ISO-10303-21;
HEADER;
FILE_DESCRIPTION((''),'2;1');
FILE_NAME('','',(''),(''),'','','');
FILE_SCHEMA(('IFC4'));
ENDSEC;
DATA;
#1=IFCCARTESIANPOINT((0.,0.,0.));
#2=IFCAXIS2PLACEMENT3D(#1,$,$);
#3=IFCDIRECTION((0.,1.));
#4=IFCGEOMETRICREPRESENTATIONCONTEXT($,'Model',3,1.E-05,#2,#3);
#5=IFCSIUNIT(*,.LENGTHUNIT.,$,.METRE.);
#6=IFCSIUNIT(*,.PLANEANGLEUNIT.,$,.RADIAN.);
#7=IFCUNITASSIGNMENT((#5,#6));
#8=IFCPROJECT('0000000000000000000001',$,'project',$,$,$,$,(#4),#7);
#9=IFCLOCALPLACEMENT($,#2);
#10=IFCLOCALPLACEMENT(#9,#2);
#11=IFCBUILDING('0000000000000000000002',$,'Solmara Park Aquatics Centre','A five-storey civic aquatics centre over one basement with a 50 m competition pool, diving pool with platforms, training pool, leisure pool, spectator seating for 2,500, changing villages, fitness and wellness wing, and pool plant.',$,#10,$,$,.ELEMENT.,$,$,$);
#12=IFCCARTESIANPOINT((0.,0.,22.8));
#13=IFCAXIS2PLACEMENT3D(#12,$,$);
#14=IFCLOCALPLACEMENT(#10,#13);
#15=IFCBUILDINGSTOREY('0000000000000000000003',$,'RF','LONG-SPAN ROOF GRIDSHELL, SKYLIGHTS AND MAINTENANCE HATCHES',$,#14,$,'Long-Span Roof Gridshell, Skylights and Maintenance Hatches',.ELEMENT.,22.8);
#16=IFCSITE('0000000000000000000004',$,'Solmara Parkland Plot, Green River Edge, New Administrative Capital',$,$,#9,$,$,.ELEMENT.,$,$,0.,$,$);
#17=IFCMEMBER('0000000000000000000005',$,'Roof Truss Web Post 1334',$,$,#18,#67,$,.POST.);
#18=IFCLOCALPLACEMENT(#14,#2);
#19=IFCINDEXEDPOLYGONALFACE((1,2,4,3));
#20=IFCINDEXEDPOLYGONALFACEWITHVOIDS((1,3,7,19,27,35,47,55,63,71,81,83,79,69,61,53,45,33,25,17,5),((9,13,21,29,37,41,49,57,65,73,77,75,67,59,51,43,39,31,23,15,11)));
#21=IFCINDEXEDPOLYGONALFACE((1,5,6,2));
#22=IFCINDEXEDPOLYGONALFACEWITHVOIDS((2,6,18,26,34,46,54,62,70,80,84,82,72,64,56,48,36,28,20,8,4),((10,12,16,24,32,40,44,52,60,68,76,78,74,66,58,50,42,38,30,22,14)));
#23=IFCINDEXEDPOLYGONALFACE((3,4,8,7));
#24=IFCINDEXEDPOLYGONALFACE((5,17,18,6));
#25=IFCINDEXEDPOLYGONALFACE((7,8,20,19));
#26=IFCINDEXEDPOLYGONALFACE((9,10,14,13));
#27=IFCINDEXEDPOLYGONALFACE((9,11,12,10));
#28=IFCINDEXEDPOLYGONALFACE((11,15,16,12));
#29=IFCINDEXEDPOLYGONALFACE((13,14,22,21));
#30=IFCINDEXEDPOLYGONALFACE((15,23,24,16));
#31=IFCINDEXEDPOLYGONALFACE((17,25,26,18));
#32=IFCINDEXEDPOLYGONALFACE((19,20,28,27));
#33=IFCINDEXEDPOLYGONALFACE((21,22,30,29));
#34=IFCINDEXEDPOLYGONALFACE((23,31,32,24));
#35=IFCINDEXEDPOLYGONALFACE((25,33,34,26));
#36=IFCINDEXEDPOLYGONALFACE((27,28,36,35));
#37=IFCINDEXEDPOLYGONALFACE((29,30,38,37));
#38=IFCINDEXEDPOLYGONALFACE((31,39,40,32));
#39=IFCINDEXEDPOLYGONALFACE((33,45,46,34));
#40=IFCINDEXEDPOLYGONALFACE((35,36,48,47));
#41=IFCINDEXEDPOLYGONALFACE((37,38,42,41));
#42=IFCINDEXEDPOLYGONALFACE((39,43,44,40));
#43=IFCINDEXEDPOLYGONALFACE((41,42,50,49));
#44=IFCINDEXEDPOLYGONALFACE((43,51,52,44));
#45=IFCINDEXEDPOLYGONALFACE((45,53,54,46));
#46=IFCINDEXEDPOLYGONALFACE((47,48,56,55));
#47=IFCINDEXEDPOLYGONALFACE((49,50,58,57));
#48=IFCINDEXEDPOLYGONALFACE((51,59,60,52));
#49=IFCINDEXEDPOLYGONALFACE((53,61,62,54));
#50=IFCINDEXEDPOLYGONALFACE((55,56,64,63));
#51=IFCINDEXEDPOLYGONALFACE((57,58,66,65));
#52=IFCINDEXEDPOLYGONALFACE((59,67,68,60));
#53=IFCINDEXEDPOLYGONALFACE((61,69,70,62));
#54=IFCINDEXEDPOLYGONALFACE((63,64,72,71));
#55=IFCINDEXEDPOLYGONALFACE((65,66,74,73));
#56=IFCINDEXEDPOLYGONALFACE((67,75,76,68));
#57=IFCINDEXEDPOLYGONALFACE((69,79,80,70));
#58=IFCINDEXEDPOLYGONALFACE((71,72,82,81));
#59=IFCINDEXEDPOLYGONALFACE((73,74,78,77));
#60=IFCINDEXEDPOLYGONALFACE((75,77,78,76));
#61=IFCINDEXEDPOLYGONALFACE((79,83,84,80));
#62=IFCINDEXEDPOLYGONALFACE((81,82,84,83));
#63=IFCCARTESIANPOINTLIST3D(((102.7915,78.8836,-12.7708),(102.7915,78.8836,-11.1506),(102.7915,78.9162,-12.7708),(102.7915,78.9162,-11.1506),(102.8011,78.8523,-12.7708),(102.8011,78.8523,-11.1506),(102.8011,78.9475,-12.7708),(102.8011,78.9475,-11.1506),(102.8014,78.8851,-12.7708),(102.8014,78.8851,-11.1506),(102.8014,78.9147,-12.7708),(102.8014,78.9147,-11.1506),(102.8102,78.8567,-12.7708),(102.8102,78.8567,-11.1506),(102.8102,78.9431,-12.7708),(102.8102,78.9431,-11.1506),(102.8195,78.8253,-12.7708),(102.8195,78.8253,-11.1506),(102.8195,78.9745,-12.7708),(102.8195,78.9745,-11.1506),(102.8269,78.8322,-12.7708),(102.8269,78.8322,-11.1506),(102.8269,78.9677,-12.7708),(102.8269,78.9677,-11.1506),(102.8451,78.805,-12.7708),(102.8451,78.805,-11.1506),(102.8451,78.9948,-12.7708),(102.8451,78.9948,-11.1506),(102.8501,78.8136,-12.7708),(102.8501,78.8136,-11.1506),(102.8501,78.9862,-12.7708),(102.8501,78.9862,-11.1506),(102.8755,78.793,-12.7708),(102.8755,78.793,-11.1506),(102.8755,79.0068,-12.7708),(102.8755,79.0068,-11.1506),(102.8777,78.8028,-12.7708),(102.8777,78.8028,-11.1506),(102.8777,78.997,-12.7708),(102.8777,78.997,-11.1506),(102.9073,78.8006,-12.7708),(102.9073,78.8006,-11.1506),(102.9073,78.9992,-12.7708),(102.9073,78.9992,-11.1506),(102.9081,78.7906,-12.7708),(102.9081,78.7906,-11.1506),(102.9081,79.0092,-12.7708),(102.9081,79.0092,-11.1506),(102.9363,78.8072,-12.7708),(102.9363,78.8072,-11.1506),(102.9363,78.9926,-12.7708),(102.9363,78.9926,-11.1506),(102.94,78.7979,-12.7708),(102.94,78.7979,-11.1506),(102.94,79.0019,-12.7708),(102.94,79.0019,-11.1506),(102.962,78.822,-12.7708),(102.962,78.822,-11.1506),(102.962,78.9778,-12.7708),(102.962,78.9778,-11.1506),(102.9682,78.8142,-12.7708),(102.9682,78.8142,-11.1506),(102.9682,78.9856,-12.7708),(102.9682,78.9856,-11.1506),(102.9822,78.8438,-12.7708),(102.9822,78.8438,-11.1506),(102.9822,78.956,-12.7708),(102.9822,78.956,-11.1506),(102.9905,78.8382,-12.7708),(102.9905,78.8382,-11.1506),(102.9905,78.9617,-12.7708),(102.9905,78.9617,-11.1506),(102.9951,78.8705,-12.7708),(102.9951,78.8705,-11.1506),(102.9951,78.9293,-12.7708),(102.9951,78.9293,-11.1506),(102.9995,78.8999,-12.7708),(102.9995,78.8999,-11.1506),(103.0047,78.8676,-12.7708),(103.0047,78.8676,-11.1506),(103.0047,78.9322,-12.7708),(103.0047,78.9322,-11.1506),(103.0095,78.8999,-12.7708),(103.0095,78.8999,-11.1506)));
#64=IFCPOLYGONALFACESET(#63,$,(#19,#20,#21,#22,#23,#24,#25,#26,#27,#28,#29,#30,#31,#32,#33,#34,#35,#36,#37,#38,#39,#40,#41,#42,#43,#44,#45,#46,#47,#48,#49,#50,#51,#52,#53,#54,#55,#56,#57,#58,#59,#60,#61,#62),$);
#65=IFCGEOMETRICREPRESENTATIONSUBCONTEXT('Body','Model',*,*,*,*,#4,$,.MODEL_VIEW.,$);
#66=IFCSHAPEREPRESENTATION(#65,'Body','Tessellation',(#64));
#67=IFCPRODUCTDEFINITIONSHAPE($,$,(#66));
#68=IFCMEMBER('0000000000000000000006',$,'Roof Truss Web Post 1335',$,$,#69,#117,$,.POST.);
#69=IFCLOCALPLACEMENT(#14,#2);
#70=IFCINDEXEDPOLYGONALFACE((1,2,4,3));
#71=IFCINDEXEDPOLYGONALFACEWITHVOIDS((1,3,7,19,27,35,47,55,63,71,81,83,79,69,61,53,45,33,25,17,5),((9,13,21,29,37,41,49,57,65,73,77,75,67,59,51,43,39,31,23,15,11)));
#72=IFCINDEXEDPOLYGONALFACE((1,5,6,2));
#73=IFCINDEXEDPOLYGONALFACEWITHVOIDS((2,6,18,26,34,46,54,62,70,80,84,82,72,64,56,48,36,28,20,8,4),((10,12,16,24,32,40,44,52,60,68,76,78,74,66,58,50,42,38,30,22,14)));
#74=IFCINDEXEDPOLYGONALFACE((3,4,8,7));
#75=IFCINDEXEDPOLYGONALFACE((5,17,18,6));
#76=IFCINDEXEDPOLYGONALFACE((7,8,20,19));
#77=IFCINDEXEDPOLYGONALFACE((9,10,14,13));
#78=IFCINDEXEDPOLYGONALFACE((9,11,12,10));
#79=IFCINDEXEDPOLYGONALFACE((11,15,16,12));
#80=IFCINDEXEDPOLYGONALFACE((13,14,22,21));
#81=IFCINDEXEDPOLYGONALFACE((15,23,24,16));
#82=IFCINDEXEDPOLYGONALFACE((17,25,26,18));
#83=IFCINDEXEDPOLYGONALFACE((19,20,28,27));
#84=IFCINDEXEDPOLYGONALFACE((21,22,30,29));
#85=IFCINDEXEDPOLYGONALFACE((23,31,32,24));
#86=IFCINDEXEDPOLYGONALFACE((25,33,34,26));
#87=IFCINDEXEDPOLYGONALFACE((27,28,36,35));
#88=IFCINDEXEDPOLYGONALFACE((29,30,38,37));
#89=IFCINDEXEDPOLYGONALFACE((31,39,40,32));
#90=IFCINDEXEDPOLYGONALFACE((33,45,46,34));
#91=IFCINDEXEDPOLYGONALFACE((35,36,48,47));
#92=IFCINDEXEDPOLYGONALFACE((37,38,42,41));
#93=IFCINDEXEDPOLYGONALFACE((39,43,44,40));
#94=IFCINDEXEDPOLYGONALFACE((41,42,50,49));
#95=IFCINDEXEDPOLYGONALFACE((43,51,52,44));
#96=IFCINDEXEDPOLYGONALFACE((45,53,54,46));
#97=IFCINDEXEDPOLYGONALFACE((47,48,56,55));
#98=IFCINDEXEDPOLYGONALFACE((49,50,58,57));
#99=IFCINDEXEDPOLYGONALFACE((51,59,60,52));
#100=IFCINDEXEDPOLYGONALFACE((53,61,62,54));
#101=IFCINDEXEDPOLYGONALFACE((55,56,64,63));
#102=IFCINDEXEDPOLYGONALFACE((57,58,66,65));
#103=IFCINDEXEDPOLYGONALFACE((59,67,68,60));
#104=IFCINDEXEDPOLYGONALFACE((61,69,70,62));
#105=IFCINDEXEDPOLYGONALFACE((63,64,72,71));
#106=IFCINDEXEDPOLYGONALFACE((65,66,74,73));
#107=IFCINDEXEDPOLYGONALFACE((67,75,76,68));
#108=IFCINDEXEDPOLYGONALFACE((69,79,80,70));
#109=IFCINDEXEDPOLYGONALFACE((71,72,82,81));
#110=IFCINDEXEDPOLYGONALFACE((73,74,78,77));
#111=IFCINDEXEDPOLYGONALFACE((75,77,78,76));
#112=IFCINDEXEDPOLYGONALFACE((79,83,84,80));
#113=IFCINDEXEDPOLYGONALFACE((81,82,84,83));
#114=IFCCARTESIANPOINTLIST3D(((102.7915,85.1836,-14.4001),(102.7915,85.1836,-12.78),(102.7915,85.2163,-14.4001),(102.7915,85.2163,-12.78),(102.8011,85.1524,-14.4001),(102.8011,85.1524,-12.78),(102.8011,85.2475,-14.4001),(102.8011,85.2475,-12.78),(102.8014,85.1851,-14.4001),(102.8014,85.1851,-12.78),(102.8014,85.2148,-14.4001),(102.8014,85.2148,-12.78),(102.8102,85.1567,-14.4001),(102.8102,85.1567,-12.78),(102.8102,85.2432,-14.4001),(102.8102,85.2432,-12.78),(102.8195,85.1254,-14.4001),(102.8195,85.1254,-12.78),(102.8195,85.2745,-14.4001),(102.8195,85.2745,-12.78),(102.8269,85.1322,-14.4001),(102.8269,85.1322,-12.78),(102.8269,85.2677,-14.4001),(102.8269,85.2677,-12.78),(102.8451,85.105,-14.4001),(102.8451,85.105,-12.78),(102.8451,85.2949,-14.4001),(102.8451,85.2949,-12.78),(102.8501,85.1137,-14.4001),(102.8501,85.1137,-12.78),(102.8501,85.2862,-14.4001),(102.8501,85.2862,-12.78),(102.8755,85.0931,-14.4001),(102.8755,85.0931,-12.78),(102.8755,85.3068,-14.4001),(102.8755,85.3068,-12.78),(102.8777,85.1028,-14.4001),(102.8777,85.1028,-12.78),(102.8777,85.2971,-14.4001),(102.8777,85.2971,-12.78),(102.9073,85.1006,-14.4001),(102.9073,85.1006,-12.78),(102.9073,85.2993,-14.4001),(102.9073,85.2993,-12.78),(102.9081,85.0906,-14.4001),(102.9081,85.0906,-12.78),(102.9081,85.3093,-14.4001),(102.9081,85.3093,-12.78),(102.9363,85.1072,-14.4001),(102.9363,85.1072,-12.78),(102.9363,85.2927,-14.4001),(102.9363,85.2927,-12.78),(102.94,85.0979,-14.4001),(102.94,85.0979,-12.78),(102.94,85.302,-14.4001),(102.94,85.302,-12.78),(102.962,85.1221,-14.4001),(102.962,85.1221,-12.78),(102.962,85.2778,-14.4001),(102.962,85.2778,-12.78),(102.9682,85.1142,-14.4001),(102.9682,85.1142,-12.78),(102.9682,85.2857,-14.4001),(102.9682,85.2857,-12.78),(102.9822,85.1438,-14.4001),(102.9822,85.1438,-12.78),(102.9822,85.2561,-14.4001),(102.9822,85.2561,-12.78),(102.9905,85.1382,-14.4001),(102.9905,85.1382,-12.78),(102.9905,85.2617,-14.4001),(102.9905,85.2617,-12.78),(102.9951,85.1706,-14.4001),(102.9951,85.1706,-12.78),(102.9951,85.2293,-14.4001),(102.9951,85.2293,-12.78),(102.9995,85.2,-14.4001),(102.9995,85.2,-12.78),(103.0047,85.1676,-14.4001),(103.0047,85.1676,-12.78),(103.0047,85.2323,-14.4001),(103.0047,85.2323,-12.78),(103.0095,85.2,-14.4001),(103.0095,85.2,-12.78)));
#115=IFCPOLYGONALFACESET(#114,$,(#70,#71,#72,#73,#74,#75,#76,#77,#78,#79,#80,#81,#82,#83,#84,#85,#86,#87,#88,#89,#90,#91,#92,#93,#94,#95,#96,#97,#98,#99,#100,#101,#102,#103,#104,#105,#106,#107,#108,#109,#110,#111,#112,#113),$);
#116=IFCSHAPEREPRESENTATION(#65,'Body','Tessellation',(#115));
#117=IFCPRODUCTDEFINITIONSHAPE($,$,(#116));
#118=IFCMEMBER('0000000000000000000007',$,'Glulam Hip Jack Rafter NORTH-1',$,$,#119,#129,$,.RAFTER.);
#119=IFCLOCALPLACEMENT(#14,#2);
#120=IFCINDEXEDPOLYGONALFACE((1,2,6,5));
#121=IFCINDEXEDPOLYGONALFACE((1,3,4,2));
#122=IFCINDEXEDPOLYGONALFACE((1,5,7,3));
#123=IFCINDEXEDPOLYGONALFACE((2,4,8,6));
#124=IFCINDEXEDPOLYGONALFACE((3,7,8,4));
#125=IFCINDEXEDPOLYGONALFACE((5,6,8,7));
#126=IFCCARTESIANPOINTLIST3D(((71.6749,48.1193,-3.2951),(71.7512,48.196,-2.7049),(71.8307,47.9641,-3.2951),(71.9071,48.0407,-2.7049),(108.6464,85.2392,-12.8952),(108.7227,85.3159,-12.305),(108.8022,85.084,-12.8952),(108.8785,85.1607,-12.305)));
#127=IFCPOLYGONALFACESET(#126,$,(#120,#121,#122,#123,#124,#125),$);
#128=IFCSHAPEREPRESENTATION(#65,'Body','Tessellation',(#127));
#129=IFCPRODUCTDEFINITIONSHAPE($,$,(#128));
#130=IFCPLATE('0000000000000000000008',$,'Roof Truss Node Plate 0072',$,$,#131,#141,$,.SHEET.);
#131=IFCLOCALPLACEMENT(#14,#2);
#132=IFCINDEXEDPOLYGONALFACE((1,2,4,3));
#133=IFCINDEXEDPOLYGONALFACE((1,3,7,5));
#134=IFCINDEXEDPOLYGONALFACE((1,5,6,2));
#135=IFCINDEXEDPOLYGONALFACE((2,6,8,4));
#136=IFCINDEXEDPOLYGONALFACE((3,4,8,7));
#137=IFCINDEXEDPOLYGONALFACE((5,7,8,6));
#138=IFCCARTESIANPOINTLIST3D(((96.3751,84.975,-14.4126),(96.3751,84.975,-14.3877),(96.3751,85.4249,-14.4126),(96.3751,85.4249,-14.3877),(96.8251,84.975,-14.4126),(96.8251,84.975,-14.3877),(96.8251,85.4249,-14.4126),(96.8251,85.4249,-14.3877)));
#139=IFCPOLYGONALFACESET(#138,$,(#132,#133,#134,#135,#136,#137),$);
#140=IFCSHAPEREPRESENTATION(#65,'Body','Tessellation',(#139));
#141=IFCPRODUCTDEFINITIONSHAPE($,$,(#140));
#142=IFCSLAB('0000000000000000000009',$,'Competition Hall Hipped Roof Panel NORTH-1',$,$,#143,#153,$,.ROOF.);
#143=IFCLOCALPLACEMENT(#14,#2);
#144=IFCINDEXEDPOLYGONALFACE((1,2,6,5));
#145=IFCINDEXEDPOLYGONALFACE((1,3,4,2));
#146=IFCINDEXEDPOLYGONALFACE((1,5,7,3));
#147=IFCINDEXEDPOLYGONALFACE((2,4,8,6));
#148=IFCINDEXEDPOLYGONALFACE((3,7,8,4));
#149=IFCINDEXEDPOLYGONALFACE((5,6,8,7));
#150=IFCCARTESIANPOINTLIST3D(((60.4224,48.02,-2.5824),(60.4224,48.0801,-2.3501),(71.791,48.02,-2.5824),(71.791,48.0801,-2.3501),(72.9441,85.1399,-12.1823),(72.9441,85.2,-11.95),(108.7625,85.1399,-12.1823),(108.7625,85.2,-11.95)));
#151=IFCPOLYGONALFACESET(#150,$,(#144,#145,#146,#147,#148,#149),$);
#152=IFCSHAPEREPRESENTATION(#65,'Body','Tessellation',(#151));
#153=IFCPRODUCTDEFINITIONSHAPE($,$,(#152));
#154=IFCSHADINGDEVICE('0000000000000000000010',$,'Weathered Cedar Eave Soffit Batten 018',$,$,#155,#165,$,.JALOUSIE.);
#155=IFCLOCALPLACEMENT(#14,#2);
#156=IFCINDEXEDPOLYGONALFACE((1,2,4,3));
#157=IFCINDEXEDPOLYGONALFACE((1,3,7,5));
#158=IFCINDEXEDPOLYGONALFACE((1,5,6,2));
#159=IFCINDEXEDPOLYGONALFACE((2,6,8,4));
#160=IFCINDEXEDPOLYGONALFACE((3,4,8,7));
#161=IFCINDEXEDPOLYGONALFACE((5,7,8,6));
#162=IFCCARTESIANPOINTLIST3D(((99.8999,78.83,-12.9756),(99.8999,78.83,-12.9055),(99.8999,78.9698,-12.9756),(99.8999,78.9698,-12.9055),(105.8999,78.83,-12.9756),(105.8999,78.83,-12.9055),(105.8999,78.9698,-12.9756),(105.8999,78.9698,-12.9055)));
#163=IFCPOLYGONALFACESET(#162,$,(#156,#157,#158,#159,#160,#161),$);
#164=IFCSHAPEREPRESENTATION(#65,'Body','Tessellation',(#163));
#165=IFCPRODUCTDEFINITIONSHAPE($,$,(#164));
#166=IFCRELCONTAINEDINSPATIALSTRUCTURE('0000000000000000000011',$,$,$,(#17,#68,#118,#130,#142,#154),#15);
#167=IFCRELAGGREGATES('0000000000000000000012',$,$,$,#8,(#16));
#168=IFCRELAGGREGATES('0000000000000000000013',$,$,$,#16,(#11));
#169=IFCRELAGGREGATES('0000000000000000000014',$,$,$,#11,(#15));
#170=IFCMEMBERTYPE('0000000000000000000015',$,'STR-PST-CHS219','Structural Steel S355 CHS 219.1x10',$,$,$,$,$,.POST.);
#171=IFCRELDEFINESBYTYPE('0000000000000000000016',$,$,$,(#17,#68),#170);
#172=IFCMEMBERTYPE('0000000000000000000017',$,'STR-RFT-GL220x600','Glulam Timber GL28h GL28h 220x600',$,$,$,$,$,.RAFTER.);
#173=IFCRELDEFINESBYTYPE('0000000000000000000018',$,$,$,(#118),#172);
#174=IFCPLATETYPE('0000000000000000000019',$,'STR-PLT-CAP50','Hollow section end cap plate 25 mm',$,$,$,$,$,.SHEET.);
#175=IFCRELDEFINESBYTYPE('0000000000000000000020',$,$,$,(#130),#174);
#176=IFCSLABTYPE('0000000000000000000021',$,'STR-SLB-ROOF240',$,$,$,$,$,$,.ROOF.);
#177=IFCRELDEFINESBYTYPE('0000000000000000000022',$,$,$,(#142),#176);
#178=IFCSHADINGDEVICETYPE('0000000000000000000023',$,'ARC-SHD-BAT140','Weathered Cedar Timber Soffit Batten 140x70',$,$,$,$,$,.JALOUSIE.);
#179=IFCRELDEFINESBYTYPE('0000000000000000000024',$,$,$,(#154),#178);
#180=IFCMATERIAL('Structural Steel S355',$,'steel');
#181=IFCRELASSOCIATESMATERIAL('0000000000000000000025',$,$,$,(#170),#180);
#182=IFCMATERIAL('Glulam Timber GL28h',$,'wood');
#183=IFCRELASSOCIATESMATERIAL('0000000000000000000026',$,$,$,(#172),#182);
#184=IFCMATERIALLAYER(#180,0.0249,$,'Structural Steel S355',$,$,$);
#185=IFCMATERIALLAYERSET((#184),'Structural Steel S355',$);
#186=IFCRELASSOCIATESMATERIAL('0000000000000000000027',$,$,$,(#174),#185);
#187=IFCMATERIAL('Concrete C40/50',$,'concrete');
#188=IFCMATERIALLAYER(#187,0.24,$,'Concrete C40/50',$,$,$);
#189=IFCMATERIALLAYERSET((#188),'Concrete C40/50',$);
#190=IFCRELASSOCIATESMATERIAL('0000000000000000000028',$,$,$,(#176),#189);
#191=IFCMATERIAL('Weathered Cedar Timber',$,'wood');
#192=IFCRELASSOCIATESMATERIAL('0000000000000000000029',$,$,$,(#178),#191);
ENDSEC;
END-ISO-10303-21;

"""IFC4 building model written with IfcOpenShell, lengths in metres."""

from ifc_helpers import new_model, si_unit, direction, frame, origin, origin_2d, place, context, subcontext, project, spatial, polyline, rectangle, hollow_circle, outline, extrude, material, layer, layer_set, material_profile, profile_set, type_object, element, save


model = new_model("IFC4")

# Units and contexts
model_context = context("Model", 3, precision=1e-05, world=origin(), true_north=direction((0.0, 1.0)))
body_context = subcontext(model_context, "Body", "Model", "MODEL_VIEW")
ifc_project = project(units=[si_unit("LENGTHUNIT", "METRE"), si_unit("PLANEANGLEUNIT", "RADIAN")], contexts=[model_context])

# Site, building, storey
site_placement = place(None, origin())
site = spatial("IfcSite", under=ifc_project, at=site_placement, Name="Solmara Parkland Plot, Green River Edge, New Administrative Capital", CompositionType="ELEMENT", RefElevation=0.0)
building_placement = place(site_placement, origin())
building = spatial("IfcBuilding", under=site, at=building_placement, Name="Solmara Park Aquatics Centre", Description="A five-storey civic aquatics centre over one basement with a 50 m competition pool, diving pool with platforms, training pool, leisure pool, spectator seating for 2,500, changing villages, fitness and wellness wing, and pool plant.", CompositionType="ELEMENT")
storey_placement = place(building_placement, frame((0.0, 0.0, 22.8)))
storey = spatial("IfcBuildingStorey", under=building, at=storey_placement, Name="RF", Description="LONG-SPAN ROOF GRIDSHELL, SKYLIGHTS AND MAINTENANCE HATCHES", LongName="Long-Span Roof Gridshell, Skylights and Maintenance Hatches", CompositionType="ELEMENT", Elevation=22.8)

# Shared definitions
ifc_material_1 = material(Name="Structural Steel S355", Category="steel")

# Members
ifc_material_2 = material(Name="Glulam Timber GL28h", Category="wood")
ifc_material_profile_1 = material_profile(ifc_material_1, hollow_circle(Radius=0.1096, WallThickness=0.01, at=origin_2d()), Name="CHS 219.1x10")
ifc_profile_set_1 = profile_set([ifc_material_profile_1], Name="Structural Steel S355")
member_type_1 = type_object("IfcMemberType", Name="STR-PST-CHS219", Description="Structural Steel S355 CHS 219.1x10", PredefinedType="POST", material=ifc_profile_set_1)
for number, where, z_axis, x_axis, name in (
    (1, (102.8999, 78.8999, -12.7708), (0.0, 0.0, 1.0), (1.0, 0.0, 0.0), "Roof Truss Web Post 1334"),
    (2, (102.8999, 85.2, -14.4001), (0.0, 0.0, 1.0), (1.0, 0.0, 0.0), "Roof Truss Web Post 1335"),
):
    element("IfcMember", number, at=place(storey_placement, frame(where, z_axis=z_axis, x_axis=x_axis)), inside=storey, type_object=member_type_1, Name=name, PredefinedType="POST", context=body_context, shape_type="SweptSolid", body=[
        extrude(hollow_circle(Radius=0.1096, WallThickness=0.01, at=origin_2d()), origin(), (0.0, 0.0, 1.0), 1.6201),
    ])
ifc_material_profile_2 = material_profile(ifc_material_2, rectangle(XDim=0.22, YDim=0.6001, at=origin_2d()), Name="GL28h 220x600")
ifc_profile_set_2 = profile_set([ifc_material_profile_2], Name="Glulam Timber GL28h")
member_type_2 = type_object("IfcMemberType", Name="STR-RFT-GL220x600", Description="Glulam Timber GL28h GL28h 220x600", PredefinedType="RAFTER", material=ifc_profile_set_2)
member_1_placement = place(storey_placement, frame((108.7625, 85.2, -12.6001), z_axis=(-0.694131, -0.696918, 0.18024), x_axis=(0.708522, -0.705689, 0.0)))
element("IfcMember", 3, at=member_1_placement, inside=storey, type_object=member_type_2, Name="Glulam Hip Jack Rafter NORTH-1", PredefinedType="RAFTER", context=body_context, shape_type="SweptSolid", body=[
    extrude(rectangle(XDim=0.22, YDim=0.6001, at=origin_2d()), origin(), (0.0, 0.0, 1.0), 53.2629),
])

# Plate
ifc_layer_1 = layer(ifc_material_1, 0.0249, Name="Structural Steel S355")
ifc_layer_set_1 = layer_set([ifc_layer_1], Name="Structural Steel S355")
plate_type = type_object("IfcPlateType", Name="STR-PLT-CAP50", Description="Hollow section end cap plate 25 mm", PredefinedType="SHEET", material=ifc_layer_set_1)
plate_placement = place(storey_placement, frame((96.6001, 85.2, -14.4126), z_axis=(0.0, 0.0, 1.0), x_axis=(1.0, 0.0, 0.0)))
element("IfcPlate", 4, at=plate_placement, inside=storey, type_object=plate_type, Name="Roof Truss Node Plate 0072", PredefinedType="SHEET", context=body_context, shape_type="SweptSolid", body=[
    extrude(rectangle(XDim=0.45, YDim=0.45, at=origin_2d()), origin(), (0.0, 0.0, 1.0), 0.0249),
])

# Slab
ifc_material_3 = material(Name="Concrete C40/50", Category="concrete")
ifc_layer_2 = layer(ifc_material_3, 0.24, Name="Concrete C40/50")
ifc_layer_set_2 = layer_set([ifc_layer_2], Name="Concrete C40/50")
slab_type = type_object("IfcSlabType", Name="STR-SLB-ROOF240", PredefinedType="ROOF", material=ifc_layer_set_2)
slab_placement = place(storey_placement, frame((108.7625, 85.2, -11.95), z_axis=(0.0, 0.25038, 0.968148), x_axis=(-1.0, 0.0, 0.0)))
element("IfcSlab", 5, at=slab_placement, inside=storey, type_object=slab_type, Name="Competition Hall Hipped Roof Panel NORTH-1", PredefinedType="ROOF", context=body_context, shape_type="SweptSolid", body=[
    extrude(outline(polyline([(0.0, 0.0), (35.8184, 0.0), (48.3401, 38.3411), (36.9714, 38.3411), (0.0, 0.0)])), origin(), (0.0, 0.0, -1.0), 0.24),
])

# Shading device
ifc_material_4 = material(Name="Weathered Cedar Timber", Category="wood")
shading_device_type = type_object("IfcShadingDeviceType", Name="ARC-SHD-BAT140", Description="Weathered Cedar Timber Soffit Batten 140x70", PredefinedType="JALOUSIE", material=ifc_material_4)
shading_device_placement = place(storey_placement, frame((102.8999, 78.8999, -12.9756), z_axis=(0.0, 0.0, 1.0), x_axis=(1.0, 0.0, 0.0)))
element("IfcShadingDevice", 6, at=shading_device_placement, inside=storey, type_object=shading_device_type, Name="Weathered Cedar Eave Soffit Batten 018", PredefinedType="JALOUSIE", context=body_context, shape_type="SweptSolid", body=[
    extrude(rectangle(XDim=6.0, YDim=0.1399, at=origin_2d()), origin(), (0.0, 0.0, 1.0), 0.0701),
])

save(model, "model.ifc")
